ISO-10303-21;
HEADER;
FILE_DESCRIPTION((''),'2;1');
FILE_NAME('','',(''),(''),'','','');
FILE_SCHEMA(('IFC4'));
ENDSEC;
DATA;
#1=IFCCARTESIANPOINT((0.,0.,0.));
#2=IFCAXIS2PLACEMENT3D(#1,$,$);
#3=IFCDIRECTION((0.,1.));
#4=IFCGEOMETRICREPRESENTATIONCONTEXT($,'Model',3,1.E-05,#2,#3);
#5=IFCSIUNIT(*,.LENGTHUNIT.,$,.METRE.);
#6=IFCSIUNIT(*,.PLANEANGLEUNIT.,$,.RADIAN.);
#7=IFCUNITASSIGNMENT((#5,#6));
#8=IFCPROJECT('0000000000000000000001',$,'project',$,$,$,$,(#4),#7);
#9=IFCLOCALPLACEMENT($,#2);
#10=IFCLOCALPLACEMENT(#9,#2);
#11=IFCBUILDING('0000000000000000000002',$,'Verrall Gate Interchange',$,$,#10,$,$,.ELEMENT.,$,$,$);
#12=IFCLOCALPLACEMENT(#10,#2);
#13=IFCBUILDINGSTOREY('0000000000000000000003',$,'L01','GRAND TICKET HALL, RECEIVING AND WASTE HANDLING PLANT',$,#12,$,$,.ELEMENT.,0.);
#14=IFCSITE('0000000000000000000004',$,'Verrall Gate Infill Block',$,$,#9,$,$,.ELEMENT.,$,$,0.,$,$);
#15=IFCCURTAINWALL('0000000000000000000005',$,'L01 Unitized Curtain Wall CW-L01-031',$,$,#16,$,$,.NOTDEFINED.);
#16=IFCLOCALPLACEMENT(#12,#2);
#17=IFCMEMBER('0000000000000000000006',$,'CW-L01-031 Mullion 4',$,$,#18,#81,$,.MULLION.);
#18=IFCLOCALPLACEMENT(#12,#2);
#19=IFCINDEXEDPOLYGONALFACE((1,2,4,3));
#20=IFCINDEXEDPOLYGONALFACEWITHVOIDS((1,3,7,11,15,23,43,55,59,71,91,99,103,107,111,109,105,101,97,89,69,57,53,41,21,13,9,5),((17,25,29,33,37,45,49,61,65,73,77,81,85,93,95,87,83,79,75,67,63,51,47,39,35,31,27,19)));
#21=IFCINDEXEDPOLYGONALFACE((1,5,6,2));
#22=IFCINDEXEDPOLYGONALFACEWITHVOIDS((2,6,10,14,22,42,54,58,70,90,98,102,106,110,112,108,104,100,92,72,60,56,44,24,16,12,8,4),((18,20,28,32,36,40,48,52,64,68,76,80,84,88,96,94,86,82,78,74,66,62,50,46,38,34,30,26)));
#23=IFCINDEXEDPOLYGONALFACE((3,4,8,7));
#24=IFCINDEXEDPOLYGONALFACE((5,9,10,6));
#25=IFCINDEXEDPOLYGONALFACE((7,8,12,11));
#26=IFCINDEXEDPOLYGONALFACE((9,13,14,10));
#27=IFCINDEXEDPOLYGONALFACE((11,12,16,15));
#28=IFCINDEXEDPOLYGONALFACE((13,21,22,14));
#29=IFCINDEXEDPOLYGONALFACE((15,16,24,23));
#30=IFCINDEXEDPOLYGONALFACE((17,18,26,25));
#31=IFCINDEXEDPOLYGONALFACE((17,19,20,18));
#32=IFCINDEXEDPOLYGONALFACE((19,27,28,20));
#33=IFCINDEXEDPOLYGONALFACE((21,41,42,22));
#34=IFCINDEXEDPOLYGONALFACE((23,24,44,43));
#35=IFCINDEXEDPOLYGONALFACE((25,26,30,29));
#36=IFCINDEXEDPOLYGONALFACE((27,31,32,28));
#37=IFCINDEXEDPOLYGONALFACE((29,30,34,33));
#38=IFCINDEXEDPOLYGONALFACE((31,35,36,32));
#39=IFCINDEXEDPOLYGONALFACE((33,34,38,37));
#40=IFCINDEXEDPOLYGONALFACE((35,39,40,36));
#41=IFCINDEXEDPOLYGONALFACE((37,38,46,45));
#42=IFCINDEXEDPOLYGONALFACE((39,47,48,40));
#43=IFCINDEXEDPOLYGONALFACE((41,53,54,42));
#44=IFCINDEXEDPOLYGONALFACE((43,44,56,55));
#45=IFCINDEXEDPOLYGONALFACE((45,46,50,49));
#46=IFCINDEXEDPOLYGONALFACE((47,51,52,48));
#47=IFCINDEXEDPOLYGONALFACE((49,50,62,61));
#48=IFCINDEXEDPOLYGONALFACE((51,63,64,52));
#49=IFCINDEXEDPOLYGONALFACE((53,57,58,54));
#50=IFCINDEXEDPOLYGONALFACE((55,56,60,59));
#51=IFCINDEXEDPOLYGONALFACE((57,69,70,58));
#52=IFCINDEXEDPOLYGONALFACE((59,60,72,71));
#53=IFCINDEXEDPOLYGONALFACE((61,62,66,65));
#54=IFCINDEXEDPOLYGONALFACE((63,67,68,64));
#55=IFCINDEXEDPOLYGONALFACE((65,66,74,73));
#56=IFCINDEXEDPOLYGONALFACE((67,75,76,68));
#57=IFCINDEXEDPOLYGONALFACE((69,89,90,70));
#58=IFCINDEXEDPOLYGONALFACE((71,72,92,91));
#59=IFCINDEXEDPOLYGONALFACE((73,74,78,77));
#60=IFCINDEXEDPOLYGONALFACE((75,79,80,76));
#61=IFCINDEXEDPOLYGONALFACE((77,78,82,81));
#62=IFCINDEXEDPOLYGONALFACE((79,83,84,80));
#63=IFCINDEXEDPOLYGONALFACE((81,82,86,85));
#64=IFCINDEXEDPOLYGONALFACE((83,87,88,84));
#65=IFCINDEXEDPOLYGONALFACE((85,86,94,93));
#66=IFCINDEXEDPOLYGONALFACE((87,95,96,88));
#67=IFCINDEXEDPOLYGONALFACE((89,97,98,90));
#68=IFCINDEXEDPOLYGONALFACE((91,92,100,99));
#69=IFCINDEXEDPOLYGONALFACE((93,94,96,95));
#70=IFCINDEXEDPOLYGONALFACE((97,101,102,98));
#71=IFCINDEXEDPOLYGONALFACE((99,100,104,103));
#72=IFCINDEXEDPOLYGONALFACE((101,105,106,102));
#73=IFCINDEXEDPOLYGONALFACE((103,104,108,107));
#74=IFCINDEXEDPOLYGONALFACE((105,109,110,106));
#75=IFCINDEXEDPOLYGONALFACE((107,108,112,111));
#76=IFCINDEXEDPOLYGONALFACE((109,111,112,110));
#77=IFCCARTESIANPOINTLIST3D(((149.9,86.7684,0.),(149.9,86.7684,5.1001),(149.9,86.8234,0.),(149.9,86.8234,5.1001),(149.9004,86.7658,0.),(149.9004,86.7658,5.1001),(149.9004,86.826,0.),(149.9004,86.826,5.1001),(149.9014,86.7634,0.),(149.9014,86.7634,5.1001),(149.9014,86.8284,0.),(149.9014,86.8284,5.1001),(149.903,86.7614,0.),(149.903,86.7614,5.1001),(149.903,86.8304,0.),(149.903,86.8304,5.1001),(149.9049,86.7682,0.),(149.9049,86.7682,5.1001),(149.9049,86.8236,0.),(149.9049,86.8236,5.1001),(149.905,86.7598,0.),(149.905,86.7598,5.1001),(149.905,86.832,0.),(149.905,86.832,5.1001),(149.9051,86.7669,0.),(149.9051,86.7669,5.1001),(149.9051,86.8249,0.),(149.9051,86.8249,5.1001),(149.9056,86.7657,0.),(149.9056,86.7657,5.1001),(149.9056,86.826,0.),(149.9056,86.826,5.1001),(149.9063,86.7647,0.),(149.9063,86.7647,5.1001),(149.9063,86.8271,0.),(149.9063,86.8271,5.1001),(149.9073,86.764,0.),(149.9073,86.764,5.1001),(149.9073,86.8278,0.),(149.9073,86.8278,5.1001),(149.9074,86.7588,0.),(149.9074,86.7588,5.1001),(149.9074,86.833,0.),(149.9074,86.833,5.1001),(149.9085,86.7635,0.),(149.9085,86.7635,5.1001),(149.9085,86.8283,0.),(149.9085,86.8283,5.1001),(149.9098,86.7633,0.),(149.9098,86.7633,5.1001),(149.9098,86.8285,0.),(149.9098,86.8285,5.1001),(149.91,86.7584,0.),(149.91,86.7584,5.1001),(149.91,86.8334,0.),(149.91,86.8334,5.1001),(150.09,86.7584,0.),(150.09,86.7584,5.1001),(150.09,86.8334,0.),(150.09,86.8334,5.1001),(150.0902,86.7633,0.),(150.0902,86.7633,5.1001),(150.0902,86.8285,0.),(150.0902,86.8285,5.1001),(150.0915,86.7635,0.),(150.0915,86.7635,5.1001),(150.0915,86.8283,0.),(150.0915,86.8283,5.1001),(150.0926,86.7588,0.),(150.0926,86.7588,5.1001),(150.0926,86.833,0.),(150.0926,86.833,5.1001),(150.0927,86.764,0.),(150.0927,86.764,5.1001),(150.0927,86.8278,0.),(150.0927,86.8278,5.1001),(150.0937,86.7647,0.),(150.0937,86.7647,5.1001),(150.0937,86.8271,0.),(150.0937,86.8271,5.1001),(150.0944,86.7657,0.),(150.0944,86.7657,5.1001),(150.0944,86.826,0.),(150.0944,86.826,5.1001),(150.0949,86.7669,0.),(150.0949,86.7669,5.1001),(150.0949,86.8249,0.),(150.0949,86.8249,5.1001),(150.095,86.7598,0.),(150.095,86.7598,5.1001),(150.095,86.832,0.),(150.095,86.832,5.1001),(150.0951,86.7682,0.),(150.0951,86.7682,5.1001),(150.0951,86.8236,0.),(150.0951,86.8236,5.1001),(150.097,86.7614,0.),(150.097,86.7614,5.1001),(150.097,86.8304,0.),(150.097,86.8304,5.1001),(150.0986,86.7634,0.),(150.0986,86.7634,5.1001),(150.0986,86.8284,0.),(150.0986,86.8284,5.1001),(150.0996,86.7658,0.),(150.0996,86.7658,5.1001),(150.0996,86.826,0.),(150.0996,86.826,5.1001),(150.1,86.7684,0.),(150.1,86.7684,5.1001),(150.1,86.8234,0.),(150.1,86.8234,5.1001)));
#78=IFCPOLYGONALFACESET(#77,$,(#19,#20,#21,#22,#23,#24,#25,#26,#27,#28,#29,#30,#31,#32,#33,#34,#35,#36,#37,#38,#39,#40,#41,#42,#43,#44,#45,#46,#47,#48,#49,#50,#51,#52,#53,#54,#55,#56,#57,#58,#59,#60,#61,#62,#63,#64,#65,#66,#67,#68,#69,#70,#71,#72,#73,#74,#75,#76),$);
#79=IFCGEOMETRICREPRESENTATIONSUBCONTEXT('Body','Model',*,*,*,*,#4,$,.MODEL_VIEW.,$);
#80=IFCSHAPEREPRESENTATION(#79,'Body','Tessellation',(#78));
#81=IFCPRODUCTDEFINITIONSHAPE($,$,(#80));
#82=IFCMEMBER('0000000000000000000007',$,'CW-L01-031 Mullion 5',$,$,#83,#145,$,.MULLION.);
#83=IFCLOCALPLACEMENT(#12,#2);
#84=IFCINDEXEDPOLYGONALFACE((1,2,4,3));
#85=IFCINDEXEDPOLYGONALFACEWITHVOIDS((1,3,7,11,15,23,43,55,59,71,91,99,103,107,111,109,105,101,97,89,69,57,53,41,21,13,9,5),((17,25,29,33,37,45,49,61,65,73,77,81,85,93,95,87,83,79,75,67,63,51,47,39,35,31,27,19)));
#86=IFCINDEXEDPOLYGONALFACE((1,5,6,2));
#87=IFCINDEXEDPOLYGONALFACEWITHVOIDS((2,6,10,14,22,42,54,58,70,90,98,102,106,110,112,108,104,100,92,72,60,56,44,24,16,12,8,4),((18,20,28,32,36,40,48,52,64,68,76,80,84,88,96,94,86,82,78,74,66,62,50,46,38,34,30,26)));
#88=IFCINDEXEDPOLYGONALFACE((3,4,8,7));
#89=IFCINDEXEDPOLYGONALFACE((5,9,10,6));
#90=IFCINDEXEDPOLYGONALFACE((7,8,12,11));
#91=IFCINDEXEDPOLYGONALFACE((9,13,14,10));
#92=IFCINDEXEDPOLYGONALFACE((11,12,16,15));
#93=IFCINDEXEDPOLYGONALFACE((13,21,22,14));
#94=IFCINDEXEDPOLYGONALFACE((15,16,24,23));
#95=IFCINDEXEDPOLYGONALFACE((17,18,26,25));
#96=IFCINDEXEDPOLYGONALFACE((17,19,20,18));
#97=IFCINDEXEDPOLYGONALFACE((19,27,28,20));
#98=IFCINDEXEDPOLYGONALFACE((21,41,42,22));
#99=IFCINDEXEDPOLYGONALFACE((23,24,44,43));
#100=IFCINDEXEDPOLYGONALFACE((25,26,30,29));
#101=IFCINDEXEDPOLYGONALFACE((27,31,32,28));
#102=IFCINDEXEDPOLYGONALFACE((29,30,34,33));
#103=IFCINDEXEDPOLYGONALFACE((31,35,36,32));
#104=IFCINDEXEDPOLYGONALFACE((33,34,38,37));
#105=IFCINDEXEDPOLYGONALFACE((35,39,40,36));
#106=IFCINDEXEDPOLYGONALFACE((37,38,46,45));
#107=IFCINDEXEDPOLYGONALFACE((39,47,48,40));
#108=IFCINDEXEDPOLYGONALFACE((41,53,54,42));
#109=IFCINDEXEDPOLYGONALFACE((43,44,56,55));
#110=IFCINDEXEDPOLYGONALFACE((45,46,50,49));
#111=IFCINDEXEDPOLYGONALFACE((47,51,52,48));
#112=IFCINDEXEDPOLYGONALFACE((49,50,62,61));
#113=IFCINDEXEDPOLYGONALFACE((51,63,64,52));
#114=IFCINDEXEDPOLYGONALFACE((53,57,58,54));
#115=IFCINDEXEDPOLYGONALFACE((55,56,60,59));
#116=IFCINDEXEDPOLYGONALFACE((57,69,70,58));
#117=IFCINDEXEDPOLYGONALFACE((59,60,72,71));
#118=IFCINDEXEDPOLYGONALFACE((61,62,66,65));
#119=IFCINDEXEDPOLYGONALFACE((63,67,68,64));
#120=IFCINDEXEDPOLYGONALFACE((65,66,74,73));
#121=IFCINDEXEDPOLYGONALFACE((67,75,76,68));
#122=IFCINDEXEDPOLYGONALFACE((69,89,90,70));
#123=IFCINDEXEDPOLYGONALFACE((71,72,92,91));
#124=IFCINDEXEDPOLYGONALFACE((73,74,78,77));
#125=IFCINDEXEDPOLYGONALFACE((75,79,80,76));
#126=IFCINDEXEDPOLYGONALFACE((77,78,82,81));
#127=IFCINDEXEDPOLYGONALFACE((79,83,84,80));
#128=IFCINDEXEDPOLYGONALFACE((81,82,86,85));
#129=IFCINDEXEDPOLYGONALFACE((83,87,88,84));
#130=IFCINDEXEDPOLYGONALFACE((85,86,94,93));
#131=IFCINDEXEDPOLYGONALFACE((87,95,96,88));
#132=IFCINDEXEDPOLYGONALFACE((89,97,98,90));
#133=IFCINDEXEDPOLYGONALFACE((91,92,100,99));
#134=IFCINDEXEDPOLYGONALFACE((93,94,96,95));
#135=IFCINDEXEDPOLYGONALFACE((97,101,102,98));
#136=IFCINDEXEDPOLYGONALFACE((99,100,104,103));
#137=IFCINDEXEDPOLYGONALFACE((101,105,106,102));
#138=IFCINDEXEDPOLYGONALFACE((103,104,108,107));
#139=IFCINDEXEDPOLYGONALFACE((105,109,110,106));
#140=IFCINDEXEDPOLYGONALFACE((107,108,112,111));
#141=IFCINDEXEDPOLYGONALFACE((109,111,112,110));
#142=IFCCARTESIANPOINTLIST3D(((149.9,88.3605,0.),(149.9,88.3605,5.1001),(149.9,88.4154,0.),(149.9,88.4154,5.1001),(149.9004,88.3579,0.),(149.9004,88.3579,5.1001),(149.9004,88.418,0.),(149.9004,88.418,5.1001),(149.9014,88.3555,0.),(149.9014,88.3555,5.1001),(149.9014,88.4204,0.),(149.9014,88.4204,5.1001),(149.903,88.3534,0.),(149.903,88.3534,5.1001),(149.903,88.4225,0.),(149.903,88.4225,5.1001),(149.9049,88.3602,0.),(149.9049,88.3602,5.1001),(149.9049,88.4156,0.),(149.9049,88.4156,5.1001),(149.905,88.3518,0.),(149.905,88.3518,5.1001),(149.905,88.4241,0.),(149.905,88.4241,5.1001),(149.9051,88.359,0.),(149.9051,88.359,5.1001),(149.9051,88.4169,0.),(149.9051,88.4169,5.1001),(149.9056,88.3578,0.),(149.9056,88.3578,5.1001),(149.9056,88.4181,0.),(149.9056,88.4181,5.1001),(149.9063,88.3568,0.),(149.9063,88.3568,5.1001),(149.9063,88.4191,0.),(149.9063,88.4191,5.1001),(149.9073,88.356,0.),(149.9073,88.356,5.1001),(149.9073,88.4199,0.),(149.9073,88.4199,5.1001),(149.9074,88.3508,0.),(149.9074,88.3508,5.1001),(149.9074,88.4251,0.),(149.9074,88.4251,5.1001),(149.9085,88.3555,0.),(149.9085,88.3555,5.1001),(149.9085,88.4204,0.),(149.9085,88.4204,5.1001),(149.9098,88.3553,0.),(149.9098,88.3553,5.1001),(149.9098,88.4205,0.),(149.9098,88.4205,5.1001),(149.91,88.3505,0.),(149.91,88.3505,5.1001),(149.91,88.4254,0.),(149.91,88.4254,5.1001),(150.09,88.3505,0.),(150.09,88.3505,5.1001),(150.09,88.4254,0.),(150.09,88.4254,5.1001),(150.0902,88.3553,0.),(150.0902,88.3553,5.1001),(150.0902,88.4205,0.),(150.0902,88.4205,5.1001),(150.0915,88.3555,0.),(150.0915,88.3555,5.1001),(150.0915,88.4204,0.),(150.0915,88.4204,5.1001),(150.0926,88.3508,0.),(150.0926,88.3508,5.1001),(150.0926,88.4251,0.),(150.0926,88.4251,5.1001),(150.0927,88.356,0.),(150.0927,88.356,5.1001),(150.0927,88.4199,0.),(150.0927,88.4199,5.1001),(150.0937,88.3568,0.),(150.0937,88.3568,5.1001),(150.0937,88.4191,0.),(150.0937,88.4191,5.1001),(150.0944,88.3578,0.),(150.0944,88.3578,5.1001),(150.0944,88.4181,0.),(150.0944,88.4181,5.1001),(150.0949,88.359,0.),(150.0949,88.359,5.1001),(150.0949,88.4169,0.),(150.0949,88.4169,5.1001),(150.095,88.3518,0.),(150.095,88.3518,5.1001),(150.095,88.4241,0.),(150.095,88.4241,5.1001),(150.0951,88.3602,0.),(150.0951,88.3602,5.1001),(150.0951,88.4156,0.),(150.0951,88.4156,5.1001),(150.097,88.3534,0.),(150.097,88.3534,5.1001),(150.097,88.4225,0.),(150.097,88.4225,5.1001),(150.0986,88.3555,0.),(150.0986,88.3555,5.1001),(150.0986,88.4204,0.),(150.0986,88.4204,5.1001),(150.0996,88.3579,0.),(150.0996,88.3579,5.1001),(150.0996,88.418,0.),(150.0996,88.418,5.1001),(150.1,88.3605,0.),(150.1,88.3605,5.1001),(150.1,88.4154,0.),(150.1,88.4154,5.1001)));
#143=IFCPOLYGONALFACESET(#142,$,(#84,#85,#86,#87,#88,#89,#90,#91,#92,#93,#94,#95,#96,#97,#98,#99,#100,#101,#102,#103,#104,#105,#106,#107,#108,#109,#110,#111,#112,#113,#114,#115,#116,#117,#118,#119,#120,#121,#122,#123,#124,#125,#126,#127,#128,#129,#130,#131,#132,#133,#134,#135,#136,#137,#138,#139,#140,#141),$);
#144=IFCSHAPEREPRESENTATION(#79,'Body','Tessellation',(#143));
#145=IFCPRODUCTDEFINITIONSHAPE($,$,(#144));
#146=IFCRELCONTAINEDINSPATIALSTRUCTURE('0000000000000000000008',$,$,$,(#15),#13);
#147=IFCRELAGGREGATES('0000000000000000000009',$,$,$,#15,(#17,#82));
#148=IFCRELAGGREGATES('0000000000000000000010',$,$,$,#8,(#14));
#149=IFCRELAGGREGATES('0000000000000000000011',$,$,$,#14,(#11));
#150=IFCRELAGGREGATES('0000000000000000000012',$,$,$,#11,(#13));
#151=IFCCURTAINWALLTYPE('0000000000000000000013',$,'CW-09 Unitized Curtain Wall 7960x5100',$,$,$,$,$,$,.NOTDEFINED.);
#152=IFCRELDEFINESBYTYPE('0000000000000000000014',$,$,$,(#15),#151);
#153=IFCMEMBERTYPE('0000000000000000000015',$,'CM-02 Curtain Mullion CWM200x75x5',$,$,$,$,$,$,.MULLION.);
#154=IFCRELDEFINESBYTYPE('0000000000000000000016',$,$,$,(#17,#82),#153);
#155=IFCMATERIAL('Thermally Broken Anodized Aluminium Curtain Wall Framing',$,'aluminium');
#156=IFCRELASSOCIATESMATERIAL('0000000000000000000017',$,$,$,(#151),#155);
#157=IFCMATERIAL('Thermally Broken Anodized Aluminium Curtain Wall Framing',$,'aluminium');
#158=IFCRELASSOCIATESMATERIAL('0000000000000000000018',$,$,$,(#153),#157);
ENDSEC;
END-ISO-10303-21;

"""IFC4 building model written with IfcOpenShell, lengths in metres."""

from ifc_helpers import new_model, si_unit, direction, frame, origin, origin_2d, place, context, subcontext, project, spatial, hollow_rectangle, extrude, material, material_profile, profile_set, type_object, element, aggregate, save


model = new_model("IFC4")

# Units and contexts
model_context = context("Model", 3, precision=1e-05, world=origin(), true_north=direction((0.0, 1.0)))
body_context = subcontext(model_context, "Body", "Model", "MODEL_VIEW")
ifc_project = project(units=[si_unit("LENGTHUNIT", "METRE"), si_unit("PLANEANGLEUNIT", "RADIAN")], contexts=[model_context])

# Site, building, storey
site_placement = place(None, origin())
site = spatial("IfcSite", under=ifc_project, at=site_placement, Name="Verrall Gate Infill Block", CompositionType="ELEMENT", RefElevation=0.0)
building_placement = place(site_placement, origin())
building = spatial("IfcBuilding", under=site, at=building_placement, Name="Verrall Gate Interchange", CompositionType="ELEMENT")
storey_placement = place(building_placement, origin())
storey = spatial("IfcBuildingStorey", under=building, at=storey_placement, Name="L01", Description="GRAND TICKET HALL, RECEIVING AND WASTE HANDLING PLANT", CompositionType="ELEMENT", Elevation=0.0)

# Curtain wall, members
ifc_material_1 = material(Name="Thermally Broken Anodized Aluminium Curtain Wall Framing", Category="aluminium")
curtain_wall_type = type_object("IfcCurtainWallType", Name="CW-09 Unitized Curtain Wall 7960x5100", PredefinedType="NOTDEFINED", material=ifc_material_1)
curtain_wall_placement = place(storey_placement, origin())
curtain_wall = element("IfcCurtainWall", 1, at=curtain_wall_placement, inside=storey, type_object=curtain_wall_type, Name="L01 Unitized Curtain Wall CW-L01-031", PredefinedType="NOTDEFINED")
ifc_material_2 = material(Name="Thermally Broken Anodized Aluminium Curtain Wall Framing", Category="aluminium")
ifc_material_profile_1 = material_profile(ifc_material_2, hollow_rectangle(XDim=0.075, YDim=0.2, WallThickness=0.0049, InnerFilletRadius=0.0049, OuterFilletRadius=0.01, at=origin_2d()), Name="CWM200x75x5")
ifc_profile_set_1 = profile_set([ifc_material_profile_1], Name="Thermally Broken Anodized Aluminium Curtain Wall Framing")
member_type = type_object("IfcMemberType", Name="CM-02 Curtain Mullion CWM200x75x5", PredefinedType="MULLION", material=ifc_profile_set_1)
member_1_placement = place(storey_placement, frame((150.0, 86.7959, 0.0), z_axis=(0.0, 0.0, 1.0), x_axis=(0.0, 1.0, 0.0)))
member_1 = element("IfcMember", 2, at=member_1_placement, type_object=member_type, Name="CW-L01-031 Mullion 4", PredefinedType="MULLION", context=body_context, shape_type="SweptSolid", body=[
    extrude(hollow_rectangle(XDim=0.075, YDim=0.2, WallThickness=0.0049, InnerFilletRadius=0.0049, OuterFilletRadius=0.01, at=origin_2d()), origin(), (0.0, 0.0, 1.0), 5.1001),
])
member_2_placement = place(storey_placement, frame((150.0, 88.3879, 0.0), z_axis=(0.0, 0.0, 1.0), x_axis=(0.0, 1.0, 0.0)))
member_2 = element("IfcMember", 3, at=member_2_placement, type_object=member_type, Name="CW-L01-031 Mullion 5", PredefinedType="MULLION", context=body_context, shape_type="SweptSolid", body=[
    extrude(hollow_rectangle(XDim=0.075, YDim=0.2, WallThickness=0.0049, InnerFilletRadius=0.0049, OuterFilletRadius=0.01, at=origin_2d()), origin(), (0.0, 0.0, 1.0), 5.1001),
])

aggregate(curtain_wall, [member_1, member_2])

save(model, "model.ifc")
